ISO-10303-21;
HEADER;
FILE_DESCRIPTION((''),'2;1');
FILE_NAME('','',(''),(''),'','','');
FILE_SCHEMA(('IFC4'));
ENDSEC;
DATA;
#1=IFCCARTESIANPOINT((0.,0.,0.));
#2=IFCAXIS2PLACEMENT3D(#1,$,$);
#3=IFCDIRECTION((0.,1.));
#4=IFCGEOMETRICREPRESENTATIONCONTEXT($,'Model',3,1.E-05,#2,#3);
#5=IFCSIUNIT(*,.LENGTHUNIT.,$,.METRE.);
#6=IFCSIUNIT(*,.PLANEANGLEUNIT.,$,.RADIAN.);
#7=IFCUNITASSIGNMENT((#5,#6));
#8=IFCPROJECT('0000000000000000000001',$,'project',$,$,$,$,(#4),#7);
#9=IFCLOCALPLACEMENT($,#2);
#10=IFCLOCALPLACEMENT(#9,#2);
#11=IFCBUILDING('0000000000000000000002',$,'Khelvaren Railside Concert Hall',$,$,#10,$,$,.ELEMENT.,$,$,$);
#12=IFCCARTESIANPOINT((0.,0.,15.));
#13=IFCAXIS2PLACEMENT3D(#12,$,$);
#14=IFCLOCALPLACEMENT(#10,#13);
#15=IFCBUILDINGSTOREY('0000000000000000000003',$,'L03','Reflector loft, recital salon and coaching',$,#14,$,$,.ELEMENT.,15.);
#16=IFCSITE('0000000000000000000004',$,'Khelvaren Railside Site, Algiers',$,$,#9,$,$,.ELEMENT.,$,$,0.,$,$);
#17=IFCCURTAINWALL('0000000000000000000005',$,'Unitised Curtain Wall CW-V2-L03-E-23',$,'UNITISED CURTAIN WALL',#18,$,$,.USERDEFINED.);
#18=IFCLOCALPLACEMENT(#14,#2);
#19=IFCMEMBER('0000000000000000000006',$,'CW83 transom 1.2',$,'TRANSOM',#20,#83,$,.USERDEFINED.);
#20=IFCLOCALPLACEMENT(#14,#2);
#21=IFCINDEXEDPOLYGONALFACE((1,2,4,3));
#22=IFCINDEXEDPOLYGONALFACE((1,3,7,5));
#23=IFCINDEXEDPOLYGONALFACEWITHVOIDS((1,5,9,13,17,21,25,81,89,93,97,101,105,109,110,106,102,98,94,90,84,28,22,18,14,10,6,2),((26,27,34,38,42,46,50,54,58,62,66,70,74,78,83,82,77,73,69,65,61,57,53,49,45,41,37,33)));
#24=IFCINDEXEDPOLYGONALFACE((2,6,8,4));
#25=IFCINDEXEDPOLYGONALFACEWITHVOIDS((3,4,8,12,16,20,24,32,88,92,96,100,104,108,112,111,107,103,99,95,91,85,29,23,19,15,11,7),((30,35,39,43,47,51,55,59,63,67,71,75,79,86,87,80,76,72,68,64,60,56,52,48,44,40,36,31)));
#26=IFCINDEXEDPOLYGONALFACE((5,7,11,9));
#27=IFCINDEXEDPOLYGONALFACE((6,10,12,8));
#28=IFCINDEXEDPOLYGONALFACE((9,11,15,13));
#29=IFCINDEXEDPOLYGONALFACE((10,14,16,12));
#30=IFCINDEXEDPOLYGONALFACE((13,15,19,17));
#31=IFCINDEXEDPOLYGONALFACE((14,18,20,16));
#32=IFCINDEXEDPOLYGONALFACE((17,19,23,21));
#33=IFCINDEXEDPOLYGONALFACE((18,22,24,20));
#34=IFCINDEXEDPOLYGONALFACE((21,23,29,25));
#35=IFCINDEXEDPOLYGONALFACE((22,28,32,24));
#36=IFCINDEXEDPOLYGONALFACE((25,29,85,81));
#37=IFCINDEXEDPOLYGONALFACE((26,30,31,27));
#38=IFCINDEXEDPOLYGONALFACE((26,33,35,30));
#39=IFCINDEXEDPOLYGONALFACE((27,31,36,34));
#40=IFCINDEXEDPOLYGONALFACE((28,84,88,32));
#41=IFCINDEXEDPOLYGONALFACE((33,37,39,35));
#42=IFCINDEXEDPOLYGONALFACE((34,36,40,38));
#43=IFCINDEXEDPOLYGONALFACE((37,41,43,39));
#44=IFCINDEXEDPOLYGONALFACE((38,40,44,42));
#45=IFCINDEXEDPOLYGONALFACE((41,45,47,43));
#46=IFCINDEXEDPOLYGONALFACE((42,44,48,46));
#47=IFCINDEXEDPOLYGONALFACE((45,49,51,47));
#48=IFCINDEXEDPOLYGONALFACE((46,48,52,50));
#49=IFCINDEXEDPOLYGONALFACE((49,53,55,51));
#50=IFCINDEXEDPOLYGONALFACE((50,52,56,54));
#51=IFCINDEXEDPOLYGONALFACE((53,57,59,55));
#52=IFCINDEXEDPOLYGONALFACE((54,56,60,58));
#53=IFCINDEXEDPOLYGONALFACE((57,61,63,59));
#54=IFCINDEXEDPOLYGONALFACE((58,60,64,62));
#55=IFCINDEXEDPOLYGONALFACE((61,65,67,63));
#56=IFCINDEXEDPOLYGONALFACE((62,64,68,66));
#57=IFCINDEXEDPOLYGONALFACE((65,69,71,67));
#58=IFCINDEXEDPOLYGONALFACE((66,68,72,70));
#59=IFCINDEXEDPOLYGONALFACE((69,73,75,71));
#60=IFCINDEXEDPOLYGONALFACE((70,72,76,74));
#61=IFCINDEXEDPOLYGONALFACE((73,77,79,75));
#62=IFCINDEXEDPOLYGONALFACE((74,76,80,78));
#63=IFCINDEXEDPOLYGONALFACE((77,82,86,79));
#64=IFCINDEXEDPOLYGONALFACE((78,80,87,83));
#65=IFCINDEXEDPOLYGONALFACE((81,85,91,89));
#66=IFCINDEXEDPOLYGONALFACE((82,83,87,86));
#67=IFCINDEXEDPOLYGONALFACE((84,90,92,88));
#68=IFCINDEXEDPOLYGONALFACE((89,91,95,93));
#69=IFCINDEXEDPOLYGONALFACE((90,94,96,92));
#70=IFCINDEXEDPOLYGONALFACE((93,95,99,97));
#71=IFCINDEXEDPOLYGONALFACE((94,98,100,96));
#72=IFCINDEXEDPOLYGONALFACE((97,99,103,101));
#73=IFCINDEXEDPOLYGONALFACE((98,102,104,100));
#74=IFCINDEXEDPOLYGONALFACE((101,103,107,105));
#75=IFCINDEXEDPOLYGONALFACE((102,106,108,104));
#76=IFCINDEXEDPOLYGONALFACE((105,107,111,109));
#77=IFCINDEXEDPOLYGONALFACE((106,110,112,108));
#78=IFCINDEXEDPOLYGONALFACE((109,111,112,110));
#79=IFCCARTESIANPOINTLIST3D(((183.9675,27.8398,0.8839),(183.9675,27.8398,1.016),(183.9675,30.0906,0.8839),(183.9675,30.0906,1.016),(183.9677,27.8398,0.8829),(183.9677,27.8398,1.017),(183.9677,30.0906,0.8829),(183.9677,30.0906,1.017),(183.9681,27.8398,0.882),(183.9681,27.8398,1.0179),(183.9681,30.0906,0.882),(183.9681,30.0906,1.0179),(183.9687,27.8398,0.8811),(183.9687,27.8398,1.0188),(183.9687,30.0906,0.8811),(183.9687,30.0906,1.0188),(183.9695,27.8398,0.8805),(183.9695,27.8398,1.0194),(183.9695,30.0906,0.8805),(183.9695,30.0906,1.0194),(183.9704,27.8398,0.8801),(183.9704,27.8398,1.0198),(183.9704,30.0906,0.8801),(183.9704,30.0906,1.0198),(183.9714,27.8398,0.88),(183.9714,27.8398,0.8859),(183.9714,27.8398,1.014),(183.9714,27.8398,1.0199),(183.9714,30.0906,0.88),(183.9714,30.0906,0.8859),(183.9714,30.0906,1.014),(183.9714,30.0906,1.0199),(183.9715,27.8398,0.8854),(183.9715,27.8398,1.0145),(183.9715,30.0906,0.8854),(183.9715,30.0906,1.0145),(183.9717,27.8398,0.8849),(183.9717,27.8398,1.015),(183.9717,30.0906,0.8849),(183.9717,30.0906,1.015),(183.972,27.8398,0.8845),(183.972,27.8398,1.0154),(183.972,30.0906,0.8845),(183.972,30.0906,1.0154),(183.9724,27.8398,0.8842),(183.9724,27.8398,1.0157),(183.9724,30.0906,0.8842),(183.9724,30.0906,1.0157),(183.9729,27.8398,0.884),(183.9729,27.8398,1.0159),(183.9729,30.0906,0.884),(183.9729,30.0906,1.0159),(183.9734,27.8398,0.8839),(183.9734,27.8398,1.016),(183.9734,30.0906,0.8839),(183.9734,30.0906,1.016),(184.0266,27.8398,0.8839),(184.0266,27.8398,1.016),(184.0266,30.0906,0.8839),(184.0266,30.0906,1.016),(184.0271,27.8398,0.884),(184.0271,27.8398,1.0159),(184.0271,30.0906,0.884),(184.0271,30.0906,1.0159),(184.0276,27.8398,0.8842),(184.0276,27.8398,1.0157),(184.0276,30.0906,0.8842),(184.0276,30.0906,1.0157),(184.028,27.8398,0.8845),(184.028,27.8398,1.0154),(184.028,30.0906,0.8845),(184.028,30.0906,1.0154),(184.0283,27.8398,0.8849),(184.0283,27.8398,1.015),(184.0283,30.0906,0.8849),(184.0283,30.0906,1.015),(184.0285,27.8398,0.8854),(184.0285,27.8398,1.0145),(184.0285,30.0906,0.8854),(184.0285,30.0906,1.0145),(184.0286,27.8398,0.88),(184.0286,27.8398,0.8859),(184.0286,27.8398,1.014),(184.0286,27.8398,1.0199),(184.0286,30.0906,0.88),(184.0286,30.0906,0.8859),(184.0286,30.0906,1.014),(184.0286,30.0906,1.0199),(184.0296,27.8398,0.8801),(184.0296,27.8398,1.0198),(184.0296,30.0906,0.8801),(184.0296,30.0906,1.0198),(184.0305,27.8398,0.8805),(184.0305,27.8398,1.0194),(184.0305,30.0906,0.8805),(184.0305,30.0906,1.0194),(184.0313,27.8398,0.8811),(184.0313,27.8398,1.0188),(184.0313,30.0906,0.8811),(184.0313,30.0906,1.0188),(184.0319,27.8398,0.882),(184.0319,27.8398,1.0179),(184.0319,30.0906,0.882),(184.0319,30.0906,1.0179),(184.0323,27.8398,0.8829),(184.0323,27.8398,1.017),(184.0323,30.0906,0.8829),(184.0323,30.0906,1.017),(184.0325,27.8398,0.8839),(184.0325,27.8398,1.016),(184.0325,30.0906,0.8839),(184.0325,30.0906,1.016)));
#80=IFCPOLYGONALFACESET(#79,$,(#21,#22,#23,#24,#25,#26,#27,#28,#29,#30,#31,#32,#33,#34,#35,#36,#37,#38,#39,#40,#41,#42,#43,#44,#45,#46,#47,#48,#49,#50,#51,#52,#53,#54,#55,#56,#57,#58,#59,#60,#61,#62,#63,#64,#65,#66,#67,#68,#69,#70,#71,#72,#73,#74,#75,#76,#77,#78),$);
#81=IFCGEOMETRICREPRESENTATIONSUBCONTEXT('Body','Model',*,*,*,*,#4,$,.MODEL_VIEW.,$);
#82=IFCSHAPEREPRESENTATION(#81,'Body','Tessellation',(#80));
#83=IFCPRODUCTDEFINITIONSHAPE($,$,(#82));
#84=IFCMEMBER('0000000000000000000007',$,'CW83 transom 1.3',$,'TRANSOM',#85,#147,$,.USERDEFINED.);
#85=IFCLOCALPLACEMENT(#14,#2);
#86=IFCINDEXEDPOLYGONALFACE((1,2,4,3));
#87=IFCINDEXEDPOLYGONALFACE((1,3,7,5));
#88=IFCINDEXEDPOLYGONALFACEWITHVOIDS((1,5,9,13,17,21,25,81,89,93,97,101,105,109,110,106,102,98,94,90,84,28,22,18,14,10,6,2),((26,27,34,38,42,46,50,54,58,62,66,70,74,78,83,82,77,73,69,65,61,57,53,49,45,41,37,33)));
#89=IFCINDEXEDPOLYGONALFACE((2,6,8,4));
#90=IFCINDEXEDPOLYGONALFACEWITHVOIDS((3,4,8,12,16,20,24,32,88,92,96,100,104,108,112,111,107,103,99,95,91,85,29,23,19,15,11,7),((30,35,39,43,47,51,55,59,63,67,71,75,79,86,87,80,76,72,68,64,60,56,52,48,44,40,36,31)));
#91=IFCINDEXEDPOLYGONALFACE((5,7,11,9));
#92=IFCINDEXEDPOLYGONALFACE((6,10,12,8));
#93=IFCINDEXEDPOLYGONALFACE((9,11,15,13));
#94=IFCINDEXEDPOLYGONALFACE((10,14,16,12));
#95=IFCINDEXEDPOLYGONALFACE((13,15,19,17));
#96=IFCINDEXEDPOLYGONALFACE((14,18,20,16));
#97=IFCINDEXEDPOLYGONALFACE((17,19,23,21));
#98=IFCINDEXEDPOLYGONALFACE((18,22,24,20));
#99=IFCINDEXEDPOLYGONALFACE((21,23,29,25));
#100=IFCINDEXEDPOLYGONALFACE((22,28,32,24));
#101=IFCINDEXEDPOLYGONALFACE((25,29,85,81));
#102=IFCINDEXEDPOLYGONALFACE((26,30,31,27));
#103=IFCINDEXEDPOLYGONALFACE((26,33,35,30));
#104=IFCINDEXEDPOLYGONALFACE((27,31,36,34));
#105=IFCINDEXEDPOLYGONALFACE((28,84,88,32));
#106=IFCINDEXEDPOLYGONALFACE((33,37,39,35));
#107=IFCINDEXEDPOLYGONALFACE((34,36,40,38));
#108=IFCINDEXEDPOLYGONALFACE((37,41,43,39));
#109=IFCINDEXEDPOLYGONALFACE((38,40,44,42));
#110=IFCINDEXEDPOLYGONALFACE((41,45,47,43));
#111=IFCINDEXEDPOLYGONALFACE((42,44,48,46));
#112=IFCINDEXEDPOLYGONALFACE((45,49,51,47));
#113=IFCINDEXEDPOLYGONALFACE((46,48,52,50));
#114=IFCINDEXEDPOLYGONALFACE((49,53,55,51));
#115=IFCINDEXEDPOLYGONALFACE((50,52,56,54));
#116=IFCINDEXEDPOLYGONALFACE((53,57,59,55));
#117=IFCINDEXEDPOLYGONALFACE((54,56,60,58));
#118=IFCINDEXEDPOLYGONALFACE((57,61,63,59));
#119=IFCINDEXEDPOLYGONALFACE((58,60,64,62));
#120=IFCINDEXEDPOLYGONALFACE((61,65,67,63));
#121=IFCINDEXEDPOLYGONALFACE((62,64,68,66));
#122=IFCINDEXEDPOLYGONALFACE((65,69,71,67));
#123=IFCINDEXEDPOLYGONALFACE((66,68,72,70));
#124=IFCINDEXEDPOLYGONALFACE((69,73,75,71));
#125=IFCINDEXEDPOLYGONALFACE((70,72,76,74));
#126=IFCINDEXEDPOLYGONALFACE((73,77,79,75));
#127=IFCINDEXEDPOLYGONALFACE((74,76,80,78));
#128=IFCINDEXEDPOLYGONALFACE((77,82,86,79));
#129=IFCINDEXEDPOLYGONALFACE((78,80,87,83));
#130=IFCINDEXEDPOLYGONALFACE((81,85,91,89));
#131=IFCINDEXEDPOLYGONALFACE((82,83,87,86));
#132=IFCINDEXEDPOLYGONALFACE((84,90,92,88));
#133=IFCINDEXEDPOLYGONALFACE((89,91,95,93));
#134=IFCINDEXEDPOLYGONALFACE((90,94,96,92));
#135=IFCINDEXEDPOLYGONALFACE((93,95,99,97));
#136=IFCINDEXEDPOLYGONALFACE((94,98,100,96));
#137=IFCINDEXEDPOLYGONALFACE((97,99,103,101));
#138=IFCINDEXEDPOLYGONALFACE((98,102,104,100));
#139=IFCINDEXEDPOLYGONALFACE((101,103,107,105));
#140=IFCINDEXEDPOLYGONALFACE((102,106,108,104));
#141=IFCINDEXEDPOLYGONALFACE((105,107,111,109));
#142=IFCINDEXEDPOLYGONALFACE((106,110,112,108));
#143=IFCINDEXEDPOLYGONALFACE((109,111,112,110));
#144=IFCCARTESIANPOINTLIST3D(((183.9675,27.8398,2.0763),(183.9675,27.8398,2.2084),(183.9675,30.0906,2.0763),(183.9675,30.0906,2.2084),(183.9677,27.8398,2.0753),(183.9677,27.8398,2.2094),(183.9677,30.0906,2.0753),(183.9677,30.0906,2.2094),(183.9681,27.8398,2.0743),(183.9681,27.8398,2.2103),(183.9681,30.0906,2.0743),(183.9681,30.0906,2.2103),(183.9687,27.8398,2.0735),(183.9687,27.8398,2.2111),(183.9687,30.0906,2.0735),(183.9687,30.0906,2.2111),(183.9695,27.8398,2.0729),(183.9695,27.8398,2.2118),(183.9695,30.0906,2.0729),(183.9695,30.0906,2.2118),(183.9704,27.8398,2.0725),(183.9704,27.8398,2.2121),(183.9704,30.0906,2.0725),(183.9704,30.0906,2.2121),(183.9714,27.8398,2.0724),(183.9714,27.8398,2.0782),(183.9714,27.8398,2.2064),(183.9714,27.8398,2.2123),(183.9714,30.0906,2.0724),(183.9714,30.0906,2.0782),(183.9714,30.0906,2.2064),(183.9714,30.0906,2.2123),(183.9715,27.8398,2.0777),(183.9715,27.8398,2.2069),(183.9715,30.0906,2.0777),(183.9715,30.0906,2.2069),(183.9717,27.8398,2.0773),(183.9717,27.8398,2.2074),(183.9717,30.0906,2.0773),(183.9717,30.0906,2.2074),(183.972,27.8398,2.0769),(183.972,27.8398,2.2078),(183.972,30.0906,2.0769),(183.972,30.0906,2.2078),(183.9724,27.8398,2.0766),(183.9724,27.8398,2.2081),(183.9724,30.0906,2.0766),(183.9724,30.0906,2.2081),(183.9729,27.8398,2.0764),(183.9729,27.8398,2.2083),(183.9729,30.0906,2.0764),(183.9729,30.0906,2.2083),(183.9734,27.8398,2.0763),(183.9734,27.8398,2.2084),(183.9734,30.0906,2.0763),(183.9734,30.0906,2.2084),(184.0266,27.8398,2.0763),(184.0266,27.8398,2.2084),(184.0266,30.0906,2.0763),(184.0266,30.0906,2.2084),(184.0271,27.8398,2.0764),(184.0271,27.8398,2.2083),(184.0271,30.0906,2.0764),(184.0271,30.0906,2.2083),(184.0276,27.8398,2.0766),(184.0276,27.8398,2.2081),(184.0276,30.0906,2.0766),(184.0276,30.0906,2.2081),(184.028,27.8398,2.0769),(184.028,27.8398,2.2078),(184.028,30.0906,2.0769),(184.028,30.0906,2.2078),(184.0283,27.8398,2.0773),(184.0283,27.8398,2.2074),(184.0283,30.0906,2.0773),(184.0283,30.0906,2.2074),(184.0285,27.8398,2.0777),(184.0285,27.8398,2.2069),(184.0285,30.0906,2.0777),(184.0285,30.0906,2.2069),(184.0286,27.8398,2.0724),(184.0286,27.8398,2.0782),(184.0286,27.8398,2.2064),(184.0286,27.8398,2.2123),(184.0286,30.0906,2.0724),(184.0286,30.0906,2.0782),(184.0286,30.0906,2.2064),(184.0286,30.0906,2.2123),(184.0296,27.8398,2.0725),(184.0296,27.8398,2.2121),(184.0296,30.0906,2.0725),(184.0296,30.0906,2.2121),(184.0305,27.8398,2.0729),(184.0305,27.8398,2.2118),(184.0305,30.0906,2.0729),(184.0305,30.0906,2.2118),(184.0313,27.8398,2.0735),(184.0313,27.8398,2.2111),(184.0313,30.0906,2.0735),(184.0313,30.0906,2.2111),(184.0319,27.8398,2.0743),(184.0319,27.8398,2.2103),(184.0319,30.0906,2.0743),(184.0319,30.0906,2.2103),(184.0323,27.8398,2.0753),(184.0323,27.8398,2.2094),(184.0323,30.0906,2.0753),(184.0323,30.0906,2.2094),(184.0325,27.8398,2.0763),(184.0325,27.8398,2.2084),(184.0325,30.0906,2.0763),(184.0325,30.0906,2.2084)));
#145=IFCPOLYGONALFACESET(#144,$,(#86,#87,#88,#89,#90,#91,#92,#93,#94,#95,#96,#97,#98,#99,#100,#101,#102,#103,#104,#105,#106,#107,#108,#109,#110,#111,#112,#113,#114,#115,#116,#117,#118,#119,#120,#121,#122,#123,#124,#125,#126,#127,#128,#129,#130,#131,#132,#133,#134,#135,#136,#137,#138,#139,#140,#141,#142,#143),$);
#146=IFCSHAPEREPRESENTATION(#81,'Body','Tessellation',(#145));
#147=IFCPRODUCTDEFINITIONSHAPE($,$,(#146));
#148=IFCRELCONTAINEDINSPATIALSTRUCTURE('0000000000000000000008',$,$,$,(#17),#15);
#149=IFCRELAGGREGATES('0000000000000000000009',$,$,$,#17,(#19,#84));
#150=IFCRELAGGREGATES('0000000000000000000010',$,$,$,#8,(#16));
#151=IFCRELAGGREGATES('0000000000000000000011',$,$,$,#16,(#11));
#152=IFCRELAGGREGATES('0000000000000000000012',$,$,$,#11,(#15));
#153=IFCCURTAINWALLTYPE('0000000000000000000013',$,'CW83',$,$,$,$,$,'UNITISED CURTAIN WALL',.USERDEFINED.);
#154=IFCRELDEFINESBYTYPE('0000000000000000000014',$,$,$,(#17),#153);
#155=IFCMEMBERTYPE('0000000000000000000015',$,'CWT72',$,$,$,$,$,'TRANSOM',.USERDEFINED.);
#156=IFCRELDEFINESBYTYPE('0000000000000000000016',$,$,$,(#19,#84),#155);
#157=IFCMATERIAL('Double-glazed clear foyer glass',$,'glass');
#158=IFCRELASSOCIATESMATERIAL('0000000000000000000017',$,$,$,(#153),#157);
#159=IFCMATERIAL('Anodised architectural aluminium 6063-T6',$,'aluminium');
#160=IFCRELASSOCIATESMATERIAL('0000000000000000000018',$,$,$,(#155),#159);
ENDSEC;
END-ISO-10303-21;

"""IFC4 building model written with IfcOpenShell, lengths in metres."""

from ifc_helpers import new_model, si_unit, direction, frame, origin, origin_2d, place, context, subcontext, project, spatial, hollow_rectangle, extrude, material, material_profile, profile_set, type_object, element, aggregate, save


model = new_model("IFC4")

# Units and contexts
model_context = context("Model", 3, precision=1e-05, world=origin(), true_north=direction((0.0, 1.0)))
body_context = subcontext(model_context, "Body", "Model", "MODEL_VIEW")
ifc_project = project(units=[si_unit("LENGTHUNIT", "METRE"), si_unit("PLANEANGLEUNIT", "RADIAN")], contexts=[model_context])

# Site, building, storey
site_placement = place(None, origin())
site = spatial("IfcSite", under=ifc_project, at=site_placement, Name="Khelvaren Railside Site, Algiers", CompositionType="ELEMENT", RefElevation=0.0)
building_placement = place(site_placement, origin())
building = spatial("IfcBuilding", under=site, at=building_placement, Name="Khelvaren Railside Concert Hall", CompositionType="ELEMENT")
storey_placement = place(building_placement, frame((0.0, 0.0, 15.0)))
storey = spatial("IfcBuildingStorey", under=building, at=storey_placement, Name="L03", Description="Reflector loft, recital salon and coaching", CompositionType="ELEMENT", Elevation=15.0)

# Curtain wall
ifc_material_1 = material(Name="Double-glazed clear foyer glass", Category="glass")
curtain_wall_type_1 = type_object("IfcCurtainWallType", Name="CW83", ElementType="UNITISED CURTAIN WALL", PredefinedType="USERDEFINED", material=ifc_material_1)
curtain_wall_1_placement = place(storey_placement, origin())
curtain_wall_1 = element("IfcCurtainWall", 1, at=curtain_wall_1_placement, inside=storey, type_object=curtain_wall_type_1, Name="Unitised Curtain Wall CW-V2-L03-E-23", ObjectType="UNITISED CURTAIN WALL", PredefinedType="USERDEFINED")
ifc_material_2 = material(Name="Anodised architectural aluminium 6063-T6", Category="aluminium")

# Members
ifc_material_profile_1 = material_profile(ifc_material_2, hollow_rectangle(XDim=0.0649, YDim=0.1399, WallThickness=0.0039, InnerFilletRadius=0.002, OuterFilletRadius=0.0039, at=origin_2d()), Name="CWT 65x140x4")
ifc_profile_set_1 = profile_set([ifc_material_profile_1], Name="Anodised architectural aluminium 6063-T6")
member_type_1 = type_object("IfcMemberType", Name="CWT72", ElementType="TRANSOM", PredefinedType="USERDEFINED", material=ifc_profile_set_1)
member_1_placement = place(storey_placement, frame((184.0, 30.0906, 0.95), z_axis=(0.0, -1.0, 0.0), x_axis=(1.0, 0.0, 0.0)))
member_1 = element("IfcMember", 2, at=member_1_placement, type_object=member_type_1, Name="CW83 transom 1.2", ObjectType="TRANSOM", PredefinedType="USERDEFINED", context=body_context, shape_type="SweptSolid", body=[
    extrude(hollow_rectangle(XDim=0.0649, YDim=0.1399, WallThickness=0.0039, InnerFilletRadius=0.002, OuterFilletRadius=0.0039, at=origin_2d()), origin(), (0.0, 0.0, 1.0), 2.2507),
])
member_2_placement = place(storey_placement, frame((184.0, 30.0906, 2.1423), z_axis=(0.0, -1.0, 0.0), x_axis=(1.0, 0.0, 0.0)))
member_2 = element("IfcMember", 3, at=member_2_placement, type_object=member_type_1, Name="CW83 transom 1.3", ObjectType="TRANSOM", PredefinedType="USERDEFINED", context=body_context, shape_type="SweptSolid", body=[
    extrude(hollow_rectangle(XDim=0.0649, YDim=0.1399, WallThickness=0.0039, InnerFilletRadius=0.002, OuterFilletRadius=0.0039, at=origin_2d()), origin(), (0.0, 0.0, 1.0), 2.2507),
])
aggregate(curtain_wall_1, [member_1, member_2])

save(model, "model.ifc")
